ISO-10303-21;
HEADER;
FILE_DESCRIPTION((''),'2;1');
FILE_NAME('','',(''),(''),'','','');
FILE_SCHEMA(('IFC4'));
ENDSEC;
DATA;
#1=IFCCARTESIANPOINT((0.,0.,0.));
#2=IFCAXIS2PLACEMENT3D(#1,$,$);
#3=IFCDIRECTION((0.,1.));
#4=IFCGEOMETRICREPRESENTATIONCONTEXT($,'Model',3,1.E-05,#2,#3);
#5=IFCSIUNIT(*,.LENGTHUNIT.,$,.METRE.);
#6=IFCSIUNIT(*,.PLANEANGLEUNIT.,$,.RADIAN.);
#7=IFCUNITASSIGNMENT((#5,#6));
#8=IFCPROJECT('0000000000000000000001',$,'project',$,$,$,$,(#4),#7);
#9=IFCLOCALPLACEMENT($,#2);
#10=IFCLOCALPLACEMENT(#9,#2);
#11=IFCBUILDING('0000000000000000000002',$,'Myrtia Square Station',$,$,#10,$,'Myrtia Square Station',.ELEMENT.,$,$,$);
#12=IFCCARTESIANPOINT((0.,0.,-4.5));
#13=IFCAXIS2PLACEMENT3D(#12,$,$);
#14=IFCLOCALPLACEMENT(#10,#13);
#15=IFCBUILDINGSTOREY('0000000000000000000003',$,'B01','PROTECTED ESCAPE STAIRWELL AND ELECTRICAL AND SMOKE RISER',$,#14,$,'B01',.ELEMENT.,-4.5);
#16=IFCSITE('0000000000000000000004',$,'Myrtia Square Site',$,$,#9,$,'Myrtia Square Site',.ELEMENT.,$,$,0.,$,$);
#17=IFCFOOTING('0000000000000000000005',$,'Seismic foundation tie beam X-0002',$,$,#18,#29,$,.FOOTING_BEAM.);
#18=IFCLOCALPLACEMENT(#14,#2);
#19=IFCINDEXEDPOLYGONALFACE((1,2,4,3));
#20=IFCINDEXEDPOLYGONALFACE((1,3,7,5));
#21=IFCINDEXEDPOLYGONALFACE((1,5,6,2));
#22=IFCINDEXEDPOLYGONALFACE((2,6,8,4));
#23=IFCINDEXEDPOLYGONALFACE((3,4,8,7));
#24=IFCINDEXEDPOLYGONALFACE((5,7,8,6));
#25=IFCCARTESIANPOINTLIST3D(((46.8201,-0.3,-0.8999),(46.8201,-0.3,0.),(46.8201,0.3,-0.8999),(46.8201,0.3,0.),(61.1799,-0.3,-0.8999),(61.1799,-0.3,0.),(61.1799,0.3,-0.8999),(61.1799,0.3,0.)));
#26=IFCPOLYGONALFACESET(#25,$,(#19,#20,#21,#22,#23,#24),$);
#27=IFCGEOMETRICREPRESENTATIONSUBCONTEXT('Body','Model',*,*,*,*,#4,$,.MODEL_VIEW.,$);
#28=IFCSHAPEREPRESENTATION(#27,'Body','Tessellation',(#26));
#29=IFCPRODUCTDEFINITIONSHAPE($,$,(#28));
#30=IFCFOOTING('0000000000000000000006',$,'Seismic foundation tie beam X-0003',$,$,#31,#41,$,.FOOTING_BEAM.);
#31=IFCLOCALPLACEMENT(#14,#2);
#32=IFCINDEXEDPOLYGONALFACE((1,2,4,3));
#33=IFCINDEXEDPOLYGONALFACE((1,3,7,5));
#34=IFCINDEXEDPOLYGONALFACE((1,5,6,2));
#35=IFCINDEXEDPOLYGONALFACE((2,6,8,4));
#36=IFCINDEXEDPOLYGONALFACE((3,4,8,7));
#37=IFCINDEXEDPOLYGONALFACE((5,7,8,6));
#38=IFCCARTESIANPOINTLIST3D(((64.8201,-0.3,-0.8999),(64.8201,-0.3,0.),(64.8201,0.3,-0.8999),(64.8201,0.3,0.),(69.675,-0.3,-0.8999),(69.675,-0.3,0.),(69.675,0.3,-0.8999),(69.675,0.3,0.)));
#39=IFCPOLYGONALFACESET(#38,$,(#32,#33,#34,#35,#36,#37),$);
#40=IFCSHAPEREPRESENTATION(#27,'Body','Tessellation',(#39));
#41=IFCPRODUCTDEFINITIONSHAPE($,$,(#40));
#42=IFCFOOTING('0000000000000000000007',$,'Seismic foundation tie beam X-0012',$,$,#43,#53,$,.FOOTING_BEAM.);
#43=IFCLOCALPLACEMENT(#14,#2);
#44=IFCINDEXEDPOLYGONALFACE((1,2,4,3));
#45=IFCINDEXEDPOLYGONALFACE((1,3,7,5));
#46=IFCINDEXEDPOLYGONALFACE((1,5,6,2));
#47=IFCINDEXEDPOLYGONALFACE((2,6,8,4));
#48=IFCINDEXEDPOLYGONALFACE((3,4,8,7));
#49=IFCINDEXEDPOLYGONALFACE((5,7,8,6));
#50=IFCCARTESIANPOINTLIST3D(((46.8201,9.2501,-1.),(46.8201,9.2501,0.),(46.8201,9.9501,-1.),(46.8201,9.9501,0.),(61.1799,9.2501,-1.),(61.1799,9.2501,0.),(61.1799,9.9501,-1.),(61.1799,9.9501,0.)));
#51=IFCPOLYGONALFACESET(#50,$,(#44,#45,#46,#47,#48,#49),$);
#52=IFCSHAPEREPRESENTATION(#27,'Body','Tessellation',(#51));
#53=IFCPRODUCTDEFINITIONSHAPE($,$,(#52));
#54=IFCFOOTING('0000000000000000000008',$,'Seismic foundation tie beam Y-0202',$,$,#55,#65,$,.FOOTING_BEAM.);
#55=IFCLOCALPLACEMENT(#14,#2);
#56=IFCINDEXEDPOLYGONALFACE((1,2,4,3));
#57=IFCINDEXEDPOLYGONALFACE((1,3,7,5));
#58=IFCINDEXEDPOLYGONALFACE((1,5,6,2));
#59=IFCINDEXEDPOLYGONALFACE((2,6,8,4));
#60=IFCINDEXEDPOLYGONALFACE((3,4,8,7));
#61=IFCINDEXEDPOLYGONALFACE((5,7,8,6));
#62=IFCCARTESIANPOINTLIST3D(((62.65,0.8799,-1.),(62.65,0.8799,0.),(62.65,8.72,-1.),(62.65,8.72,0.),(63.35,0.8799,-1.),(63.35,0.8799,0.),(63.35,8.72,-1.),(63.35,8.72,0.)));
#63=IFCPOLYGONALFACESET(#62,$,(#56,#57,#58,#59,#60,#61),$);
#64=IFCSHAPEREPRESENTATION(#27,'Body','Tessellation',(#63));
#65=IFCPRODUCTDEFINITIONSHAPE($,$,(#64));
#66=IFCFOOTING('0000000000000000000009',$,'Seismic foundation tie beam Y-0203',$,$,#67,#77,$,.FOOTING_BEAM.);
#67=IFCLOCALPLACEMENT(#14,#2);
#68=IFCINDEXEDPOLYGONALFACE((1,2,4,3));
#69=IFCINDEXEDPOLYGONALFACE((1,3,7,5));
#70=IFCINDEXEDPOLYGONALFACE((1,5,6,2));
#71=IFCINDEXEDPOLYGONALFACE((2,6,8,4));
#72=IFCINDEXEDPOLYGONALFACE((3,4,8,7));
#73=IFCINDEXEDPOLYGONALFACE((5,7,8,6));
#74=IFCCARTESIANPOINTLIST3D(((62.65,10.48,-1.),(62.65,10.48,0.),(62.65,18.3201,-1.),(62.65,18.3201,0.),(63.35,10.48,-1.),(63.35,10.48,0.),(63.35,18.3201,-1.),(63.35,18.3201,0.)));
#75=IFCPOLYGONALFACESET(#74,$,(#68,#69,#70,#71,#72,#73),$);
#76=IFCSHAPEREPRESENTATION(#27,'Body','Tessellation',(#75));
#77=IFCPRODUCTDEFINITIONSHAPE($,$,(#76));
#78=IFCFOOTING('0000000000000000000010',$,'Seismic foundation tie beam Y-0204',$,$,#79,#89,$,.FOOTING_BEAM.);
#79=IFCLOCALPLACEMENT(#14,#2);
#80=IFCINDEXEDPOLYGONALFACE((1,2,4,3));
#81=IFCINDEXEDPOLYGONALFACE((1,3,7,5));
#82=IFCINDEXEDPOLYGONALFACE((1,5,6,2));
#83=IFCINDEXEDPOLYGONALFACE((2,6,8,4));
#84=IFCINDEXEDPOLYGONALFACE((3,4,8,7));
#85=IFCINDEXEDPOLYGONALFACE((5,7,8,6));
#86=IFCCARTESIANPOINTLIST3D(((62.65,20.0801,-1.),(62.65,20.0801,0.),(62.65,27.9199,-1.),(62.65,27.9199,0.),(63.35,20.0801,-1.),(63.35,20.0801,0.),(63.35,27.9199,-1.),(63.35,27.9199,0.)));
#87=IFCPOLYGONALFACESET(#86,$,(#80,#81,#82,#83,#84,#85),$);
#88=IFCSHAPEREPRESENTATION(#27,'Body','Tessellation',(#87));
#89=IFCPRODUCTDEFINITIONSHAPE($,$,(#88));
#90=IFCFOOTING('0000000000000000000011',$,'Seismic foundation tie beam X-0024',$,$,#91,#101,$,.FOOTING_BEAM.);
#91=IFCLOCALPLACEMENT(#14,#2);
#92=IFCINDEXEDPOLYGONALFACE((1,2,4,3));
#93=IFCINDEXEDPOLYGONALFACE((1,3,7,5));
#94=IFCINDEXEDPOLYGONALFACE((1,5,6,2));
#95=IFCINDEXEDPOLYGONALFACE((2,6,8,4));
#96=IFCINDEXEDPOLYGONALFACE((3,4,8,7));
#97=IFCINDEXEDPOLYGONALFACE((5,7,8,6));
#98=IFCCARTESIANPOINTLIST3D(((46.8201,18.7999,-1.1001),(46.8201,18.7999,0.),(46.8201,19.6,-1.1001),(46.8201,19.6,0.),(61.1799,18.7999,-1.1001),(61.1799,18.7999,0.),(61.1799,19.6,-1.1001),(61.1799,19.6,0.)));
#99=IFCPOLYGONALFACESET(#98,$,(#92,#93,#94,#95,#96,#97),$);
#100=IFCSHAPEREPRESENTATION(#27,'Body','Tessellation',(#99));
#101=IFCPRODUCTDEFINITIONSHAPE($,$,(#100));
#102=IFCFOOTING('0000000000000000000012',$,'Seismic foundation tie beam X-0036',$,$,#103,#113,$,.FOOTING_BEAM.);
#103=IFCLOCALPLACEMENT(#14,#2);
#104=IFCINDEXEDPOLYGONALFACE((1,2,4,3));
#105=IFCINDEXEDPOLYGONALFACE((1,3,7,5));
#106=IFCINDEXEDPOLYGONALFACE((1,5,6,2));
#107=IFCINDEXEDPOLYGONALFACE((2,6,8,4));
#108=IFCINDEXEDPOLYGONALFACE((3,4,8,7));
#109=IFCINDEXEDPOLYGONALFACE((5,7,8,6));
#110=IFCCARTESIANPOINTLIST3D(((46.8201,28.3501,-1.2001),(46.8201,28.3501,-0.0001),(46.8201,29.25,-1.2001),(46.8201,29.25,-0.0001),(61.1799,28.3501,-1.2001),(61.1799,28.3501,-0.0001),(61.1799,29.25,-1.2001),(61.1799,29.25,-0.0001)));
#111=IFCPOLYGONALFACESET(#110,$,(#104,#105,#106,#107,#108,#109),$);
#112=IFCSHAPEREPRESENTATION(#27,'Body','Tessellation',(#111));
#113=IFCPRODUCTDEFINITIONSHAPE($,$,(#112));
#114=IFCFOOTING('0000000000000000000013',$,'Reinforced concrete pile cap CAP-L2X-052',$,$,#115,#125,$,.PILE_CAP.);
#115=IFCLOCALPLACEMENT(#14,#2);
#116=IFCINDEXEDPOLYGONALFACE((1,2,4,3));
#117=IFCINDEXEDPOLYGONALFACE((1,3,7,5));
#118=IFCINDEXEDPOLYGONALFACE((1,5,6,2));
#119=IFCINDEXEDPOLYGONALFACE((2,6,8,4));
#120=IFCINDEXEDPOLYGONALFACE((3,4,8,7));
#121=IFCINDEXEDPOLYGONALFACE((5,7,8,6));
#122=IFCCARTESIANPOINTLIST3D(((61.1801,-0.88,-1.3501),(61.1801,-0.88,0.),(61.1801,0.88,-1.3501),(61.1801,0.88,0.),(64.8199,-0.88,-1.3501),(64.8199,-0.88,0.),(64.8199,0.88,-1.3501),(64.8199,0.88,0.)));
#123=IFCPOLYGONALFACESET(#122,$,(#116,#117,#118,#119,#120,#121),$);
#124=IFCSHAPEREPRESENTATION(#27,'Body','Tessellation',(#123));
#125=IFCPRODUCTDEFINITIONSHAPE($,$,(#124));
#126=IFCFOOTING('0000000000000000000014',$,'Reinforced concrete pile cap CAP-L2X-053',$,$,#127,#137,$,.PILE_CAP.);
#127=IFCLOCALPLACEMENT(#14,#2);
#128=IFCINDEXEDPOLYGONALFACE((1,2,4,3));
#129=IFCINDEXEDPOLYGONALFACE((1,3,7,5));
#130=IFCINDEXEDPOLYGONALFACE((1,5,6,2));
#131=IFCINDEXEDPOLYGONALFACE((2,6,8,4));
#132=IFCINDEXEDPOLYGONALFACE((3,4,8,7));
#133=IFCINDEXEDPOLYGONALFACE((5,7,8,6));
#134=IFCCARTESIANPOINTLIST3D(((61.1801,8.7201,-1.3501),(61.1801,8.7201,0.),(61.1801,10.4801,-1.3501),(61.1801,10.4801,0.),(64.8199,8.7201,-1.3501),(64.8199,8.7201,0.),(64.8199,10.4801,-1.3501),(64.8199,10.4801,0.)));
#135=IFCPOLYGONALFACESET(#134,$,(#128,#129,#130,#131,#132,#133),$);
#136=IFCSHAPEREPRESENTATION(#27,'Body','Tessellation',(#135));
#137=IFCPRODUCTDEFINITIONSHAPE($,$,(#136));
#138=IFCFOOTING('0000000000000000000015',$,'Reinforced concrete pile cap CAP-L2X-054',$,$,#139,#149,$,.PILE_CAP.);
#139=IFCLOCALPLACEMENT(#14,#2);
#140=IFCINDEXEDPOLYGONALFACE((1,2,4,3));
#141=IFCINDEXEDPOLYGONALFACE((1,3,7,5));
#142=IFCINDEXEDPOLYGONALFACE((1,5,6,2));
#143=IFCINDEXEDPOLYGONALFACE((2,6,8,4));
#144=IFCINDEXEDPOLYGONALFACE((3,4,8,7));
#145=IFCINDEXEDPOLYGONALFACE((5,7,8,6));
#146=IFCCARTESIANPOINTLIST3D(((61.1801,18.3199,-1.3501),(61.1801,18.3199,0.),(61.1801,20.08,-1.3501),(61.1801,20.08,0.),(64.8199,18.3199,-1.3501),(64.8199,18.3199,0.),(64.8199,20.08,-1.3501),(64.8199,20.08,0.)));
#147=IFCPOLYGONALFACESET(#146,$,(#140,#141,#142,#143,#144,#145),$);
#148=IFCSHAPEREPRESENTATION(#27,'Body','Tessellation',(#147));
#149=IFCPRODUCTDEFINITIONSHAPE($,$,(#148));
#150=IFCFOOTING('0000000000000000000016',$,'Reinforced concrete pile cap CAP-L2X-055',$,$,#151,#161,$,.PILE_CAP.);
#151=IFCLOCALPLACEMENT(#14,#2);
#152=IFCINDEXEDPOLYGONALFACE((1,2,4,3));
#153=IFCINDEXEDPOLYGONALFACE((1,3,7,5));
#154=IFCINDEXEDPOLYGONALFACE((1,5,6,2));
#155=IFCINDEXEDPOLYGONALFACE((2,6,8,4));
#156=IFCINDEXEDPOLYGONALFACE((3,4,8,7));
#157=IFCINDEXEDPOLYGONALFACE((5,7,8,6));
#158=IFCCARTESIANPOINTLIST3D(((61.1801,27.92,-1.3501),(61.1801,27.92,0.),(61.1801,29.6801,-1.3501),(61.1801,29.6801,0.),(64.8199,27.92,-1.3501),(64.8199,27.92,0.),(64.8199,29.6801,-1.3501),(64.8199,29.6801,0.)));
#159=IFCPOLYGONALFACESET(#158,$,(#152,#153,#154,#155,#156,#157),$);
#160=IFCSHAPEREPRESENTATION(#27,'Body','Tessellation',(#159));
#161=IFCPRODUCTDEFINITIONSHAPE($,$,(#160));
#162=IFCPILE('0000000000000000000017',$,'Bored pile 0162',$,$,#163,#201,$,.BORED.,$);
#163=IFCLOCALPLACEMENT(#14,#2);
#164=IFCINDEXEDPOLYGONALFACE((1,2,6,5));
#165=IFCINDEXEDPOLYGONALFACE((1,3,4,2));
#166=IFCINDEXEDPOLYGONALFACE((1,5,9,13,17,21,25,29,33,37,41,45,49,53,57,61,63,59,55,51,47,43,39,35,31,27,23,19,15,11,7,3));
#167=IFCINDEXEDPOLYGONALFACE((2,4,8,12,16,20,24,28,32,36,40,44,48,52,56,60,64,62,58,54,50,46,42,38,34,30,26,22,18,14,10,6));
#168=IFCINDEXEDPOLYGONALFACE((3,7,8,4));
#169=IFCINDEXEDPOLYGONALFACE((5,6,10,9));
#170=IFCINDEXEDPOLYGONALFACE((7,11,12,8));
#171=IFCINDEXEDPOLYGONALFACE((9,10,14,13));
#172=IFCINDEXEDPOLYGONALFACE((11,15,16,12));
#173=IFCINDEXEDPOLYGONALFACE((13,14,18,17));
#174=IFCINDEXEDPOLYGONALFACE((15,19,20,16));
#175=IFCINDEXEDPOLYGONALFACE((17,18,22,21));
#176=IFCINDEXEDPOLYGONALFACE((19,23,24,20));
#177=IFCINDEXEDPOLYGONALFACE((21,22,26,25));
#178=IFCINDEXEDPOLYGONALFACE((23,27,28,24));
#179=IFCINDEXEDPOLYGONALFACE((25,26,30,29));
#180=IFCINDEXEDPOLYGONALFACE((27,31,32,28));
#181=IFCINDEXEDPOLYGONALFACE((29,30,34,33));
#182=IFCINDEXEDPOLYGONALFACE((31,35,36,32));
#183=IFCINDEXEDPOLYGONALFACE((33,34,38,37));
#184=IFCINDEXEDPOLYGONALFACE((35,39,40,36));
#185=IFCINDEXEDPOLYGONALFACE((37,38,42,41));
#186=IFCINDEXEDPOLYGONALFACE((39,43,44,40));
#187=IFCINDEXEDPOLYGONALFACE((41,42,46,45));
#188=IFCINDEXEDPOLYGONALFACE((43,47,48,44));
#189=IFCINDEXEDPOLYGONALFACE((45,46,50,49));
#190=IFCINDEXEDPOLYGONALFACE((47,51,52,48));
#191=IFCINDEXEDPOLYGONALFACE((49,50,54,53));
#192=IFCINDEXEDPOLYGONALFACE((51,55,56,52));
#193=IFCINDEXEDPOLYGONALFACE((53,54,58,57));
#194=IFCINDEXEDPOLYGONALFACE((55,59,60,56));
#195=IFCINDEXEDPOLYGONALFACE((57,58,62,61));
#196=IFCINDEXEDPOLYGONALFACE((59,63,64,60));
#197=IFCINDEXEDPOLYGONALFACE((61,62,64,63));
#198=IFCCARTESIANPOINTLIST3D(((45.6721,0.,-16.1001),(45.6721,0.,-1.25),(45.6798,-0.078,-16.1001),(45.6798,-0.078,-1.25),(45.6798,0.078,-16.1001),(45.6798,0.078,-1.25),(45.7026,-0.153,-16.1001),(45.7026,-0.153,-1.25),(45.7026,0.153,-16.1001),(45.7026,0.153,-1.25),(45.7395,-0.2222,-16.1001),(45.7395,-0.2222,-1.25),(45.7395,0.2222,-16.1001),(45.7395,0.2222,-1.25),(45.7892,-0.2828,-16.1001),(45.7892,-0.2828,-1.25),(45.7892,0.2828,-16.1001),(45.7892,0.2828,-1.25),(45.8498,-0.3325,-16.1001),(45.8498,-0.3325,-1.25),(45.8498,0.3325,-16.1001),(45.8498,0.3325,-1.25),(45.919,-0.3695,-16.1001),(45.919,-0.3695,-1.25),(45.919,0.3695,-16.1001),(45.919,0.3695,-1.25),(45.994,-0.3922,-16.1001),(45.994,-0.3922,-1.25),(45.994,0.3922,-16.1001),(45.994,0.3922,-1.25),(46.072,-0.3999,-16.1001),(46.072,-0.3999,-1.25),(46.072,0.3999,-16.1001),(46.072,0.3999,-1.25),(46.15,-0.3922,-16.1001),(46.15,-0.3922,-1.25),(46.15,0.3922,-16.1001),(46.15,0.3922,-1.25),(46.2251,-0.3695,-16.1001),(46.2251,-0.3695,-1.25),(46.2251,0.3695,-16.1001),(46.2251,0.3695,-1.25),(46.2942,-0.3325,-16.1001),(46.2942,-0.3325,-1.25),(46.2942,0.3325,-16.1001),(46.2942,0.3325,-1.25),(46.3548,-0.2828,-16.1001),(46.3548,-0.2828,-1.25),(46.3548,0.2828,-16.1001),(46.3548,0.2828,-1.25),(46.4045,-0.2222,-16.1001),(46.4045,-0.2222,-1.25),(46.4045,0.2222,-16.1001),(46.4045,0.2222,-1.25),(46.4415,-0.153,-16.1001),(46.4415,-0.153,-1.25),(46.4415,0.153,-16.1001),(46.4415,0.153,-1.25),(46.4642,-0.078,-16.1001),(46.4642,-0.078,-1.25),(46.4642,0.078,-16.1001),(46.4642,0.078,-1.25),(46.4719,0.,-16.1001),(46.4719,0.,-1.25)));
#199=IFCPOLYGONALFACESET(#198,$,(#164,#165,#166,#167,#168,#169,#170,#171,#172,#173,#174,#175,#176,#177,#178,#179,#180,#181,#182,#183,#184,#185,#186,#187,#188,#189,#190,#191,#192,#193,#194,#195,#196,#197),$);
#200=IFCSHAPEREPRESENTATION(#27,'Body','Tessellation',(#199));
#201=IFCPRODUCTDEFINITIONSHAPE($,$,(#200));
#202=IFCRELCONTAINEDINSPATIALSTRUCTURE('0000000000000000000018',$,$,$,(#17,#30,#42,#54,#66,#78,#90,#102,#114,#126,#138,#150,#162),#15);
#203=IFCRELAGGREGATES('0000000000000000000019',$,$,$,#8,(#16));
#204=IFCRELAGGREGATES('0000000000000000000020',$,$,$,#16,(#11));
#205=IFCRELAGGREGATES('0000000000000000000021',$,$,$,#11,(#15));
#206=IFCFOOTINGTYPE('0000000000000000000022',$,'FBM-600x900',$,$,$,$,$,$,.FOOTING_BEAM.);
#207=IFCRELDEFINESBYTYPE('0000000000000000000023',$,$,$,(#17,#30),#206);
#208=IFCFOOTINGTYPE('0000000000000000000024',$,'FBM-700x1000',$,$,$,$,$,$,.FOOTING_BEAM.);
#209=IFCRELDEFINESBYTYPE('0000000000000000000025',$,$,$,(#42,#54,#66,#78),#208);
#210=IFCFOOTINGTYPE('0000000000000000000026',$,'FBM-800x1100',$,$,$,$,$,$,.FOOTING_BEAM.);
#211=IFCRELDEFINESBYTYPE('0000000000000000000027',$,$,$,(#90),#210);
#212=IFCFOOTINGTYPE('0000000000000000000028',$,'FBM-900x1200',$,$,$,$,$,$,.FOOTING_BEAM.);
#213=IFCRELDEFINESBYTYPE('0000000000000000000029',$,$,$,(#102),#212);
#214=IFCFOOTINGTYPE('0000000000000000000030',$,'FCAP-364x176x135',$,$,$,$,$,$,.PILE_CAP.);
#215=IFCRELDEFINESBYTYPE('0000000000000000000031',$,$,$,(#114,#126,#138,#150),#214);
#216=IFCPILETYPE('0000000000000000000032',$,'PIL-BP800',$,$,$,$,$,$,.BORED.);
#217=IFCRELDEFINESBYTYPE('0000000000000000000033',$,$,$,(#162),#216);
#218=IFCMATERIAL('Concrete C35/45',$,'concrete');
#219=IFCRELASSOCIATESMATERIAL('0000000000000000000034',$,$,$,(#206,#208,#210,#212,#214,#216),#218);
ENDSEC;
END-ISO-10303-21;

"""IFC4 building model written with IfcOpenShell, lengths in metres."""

from ifc_helpers import new_model, si_unit, direction, frame, origin, origin_2d, place, context, subcontext, project, spatial, rectangle, circle, extrude, material, material_profile, profile_set, type_object, element, save


model = new_model("IFC4")

# Units and contexts
model_context = context("Model", 3, precision=1e-05, world=origin(), true_north=direction((0.0, 1.0)))
body_context = subcontext(model_context, "Body", "Model", "MODEL_VIEW")
ifc_project = project(units=[si_unit("LENGTHUNIT", "METRE"), si_unit("PLANEANGLEUNIT", "RADIAN")], contexts=[model_context])

# Site, building, storey
site_placement = place(None, origin())
site = spatial("IfcSite", under=ifc_project, at=site_placement, Name="Myrtia Square Site", LongName="Myrtia Square Site", CompositionType="ELEMENT", RefElevation=0.0)
building_placement = place(site_placement, origin())
building = spatial("IfcBuilding", under=site, at=building_placement, Name="Myrtia Square Station", LongName="Myrtia Square Station", CompositionType="ELEMENT")
storey_placement = place(building_placement, frame((0.0, 0.0, -4.5)))
storey = spatial("IfcBuildingStorey", under=building, at=storey_placement, Name="B01", Description="PROTECTED ESCAPE STAIRWELL AND ELECTRICAL AND SMOKE RISER", LongName="B01", CompositionType="ELEMENT", Elevation=-4.5)

# Footings
ifc_material_1 = material(Name="Concrete C35/45", Category="concrete")
ifc_material_profile_1 = material_profile(ifc_material_1, rectangle(XDim=0.6001, YDim=0.8999, at=origin_2d()), Name="FB 600x900")
ifc_profile_set_1 = profile_set([ifc_material_profile_1], Name="Concrete C35/45")
footing_type_1 = type_object("IfcFootingType", Name="FBM-600x900", PredefinedType="FOOTING_BEAM", material=ifc_profile_set_1)
footing_1_placement = place(storey_placement, frame((46.8201, 0.0, -0.45), z_axis=(1.0, 0.0, 0.0), x_axis=(0.0, 1.0, 0.0)))
element("IfcFooting", 1, at=footing_1_placement, inside=storey, type_object=footing_type_1, Name="Seismic foundation tie beam X-0002", PredefinedType="FOOTING_BEAM", context=body_context, shape_type="SweptSolid", body=[
    extrude(rectangle(XDim=0.6001, YDim=0.8999, at=origin_2d()), origin(), (0.0, 0.0, 1.0), 14.3599),
])
footing_2_placement = place(storey_placement, frame((64.8201, 0.0, -0.45), z_axis=(1.0, 0.0, 0.0), x_axis=(0.0, 1.0, 0.0)))
element("IfcFooting", 2, at=footing_2_placement, inside=storey, type_object=footing_type_1, Name="Seismic foundation tie beam X-0003", PredefinedType="FOOTING_BEAM", context=body_context, shape_type="SweptSolid", body=[
    extrude(rectangle(XDim=0.6001, YDim=0.8999, at=origin_2d()), origin(), (0.0, 0.0, 1.0), 4.855),
])
ifc_material_profile_2 = material_profile(ifc_material_1, rectangle(XDim=0.7, YDim=1.0, at=origin_2d()), Name="FB 700x1000")
ifc_profile_set_2 = profile_set([ifc_material_profile_2], Name="Concrete C35/45")
footing_type_2 = type_object("IfcFootingType", Name="FBM-700x1000", PredefinedType="FOOTING_BEAM", material=ifc_profile_set_2)
footing_3_placement = place(storey_placement, frame((46.8201, 9.6001, -0.5), z_axis=(1.0, 0.0, 0.0), x_axis=(0.0, 1.0, 0.0)))
element("IfcFooting", 3, at=footing_3_placement, inside=storey, type_object=footing_type_2, Name="Seismic foundation tie beam X-0012", PredefinedType="FOOTING_BEAM", context=body_context, shape_type="SweptSolid", body=[
    extrude(rectangle(XDim=0.7, YDim=1.0, at=origin_2d()), origin(), (0.0, 0.0, 1.0), 14.3599),
])
for number, where, z_axis, x_axis, name in (
    (4, (63.0, 0.8799, -0.5), (0.0, 1.0, 0.0), (-1.0, 0.0, 0.0), "Seismic foundation tie beam Y-0202"),
    (5, (63.0, 10.48, -0.5), (0.0, 1.0, 0.0), (-1.0, 0.0, 0.0), "Seismic foundation tie beam Y-0203"),
):
    element("IfcFooting", number, at=place(storey_placement, frame(where, z_axis=z_axis, x_axis=x_axis)), inside=storey, type_object=footing_type_2, Name=name, PredefinedType="FOOTING_BEAM", context=body_context, shape_type="SweptSolid", body=[
        extrude(rectangle(XDim=0.7, YDim=1.0, at=origin_2d()), origin(), (0.0, 0.0, 1.0), 7.8401),
    ])
footing_4_placement = place(storey_placement, frame((63.0, 20.0801, -0.5), z_axis=(0.0, 1.0, 0.0), x_axis=(-1.0, 0.0, 0.0)))
element("IfcFooting", 6, at=footing_4_placement, inside=storey, type_object=footing_type_2, Name="Seismic foundation tie beam Y-0204", PredefinedType="FOOTING_BEAM", context=body_context, shape_type="SweptSolid", body=[
    extrude(rectangle(XDim=0.7, YDim=1.0, at=origin_2d()), origin(), (0.0, 0.0, 1.0), 7.8398),
])
ifc_material_profile_3 = material_profile(ifc_material_1, rectangle(XDim=0.8, YDim=1.1001, at=origin_2d()), Name="FB 800x1100")
ifc_profile_set_3 = profile_set([ifc_material_profile_3], Name="Concrete C35/45")
footing_type_3 = type_object("IfcFootingType", Name="FBM-800x1100", PredefinedType="FOOTING_BEAM", material=ifc_profile_set_3)
footing_5_placement = place(storey_placement, frame((46.8201, 19.2, -0.55), z_axis=(1.0, 0.0, 0.0), x_axis=(0.0, 1.0, 0.0)))
element("IfcFooting", 7, at=footing_5_placement, inside=storey, type_object=footing_type_3, Name="Seismic foundation tie beam X-0024", PredefinedType="FOOTING_BEAM", context=body_context, shape_type="SweptSolid", body=[
    extrude(rectangle(XDim=0.8, YDim=1.1001, at=origin_2d()), origin(), (0.0, 0.0, 1.0), 14.3599),
])
ifc_material_profile_4 = material_profile(ifc_material_1, rectangle(XDim=0.8999, YDim=1.2, at=origin_2d()), Name="FB 900x1200")
ifc_profile_set_4 = profile_set([ifc_material_profile_4], Name="Concrete C35/45")
footing_type_4 = type_object("IfcFootingType", Name="FBM-900x1200", PredefinedType="FOOTING_BEAM", material=ifc_profile_set_4)
footing_6_placement = place(storey_placement, frame((46.8201, 28.8, -0.6001), z_axis=(1.0, 0.0, 0.0), x_axis=(0.0, 1.0, 0.0)))
element("IfcFooting", 8, at=footing_6_placement, inside=storey, type_object=footing_type_4, Name="Seismic foundation tie beam X-0036", PredefinedType="FOOTING_BEAM", context=body_context, shape_type="SweptSolid", body=[
    extrude(rectangle(XDim=0.8999, YDim=1.2, at=origin_2d()), origin(), (0.0, 0.0, 1.0), 14.3599),
])
footing_type_5 = type_object("IfcFootingType", Name="FCAP-364x176x135", PredefinedType="PILE_CAP", material=ifc_material_1)
for number, where, z_axis, x_axis, name in (
    (9, (63.0, 0.0, -1.3501), (0.0, 0.0, 1.0), (1.0, 0.0, 0.0), "Reinforced concrete pile cap CAP-L2X-052"),
    (10, (63.0, 9.6001, -1.3501), (0.0, 0.0, 1.0), (1.0, 0.0, 0.0), "Reinforced concrete pile cap CAP-L2X-053"),
    (11, (63.0, 19.2, -1.3501), (0.0, 0.0, 1.0), (1.0, 0.0, 0.0), "Reinforced concrete pile cap CAP-L2X-054"),
    (12, (63.0, 28.8, -1.3501), (0.0, 0.0, 1.0), (1.0, 0.0, 0.0), "Reinforced concrete pile cap CAP-L2X-055"),
):
    element("IfcFooting", number, at=place(storey_placement, frame(where, z_axis=z_axis, x_axis=x_axis)), inside=storey, type_object=footing_type_5, Name=name, PredefinedType="PILE_CAP", context=body_context, shape_type="SweptSolid", body=[
        extrude(rectangle(XDim=3.6399, YDim=1.76, at=origin_2d()), origin(), (0.0, 0.0, 1.0), 1.3501),
    ])

# Pile
ifc_material_profile_5 = material_profile(ifc_material_1, circle(Radius=0.3999, at=origin_2d()), Name="BP D800")
ifc_profile_set_5 = profile_set([ifc_material_profile_5], Name="Concrete C35/45")
pile_type = type_object("IfcPileType", Name="PIL-BP800", PredefinedType="BORED", material=ifc_profile_set_5)
for number, where, z_axis, x_axis, name in (
    (13, (46.072, 0.0, -1.25), (0.0, 0.0, -1.0), (1.0, 0.0, 0.0), "Bored pile 0162"),
):
    element("IfcPile", number, at=place(storey_placement, frame(where, z_axis=z_axis, x_axis=x_axis)), inside=storey, type_object=pile_type, Name=name, PredefinedType="BORED", context=body_context, shape_type="SweptSolid", body=[
        extrude(circle(Radius=0.3999, at=origin_2d()), origin(), (0.0, 0.0, 1.0), 14.8501),
    ])

save(model, "model.ifc")
